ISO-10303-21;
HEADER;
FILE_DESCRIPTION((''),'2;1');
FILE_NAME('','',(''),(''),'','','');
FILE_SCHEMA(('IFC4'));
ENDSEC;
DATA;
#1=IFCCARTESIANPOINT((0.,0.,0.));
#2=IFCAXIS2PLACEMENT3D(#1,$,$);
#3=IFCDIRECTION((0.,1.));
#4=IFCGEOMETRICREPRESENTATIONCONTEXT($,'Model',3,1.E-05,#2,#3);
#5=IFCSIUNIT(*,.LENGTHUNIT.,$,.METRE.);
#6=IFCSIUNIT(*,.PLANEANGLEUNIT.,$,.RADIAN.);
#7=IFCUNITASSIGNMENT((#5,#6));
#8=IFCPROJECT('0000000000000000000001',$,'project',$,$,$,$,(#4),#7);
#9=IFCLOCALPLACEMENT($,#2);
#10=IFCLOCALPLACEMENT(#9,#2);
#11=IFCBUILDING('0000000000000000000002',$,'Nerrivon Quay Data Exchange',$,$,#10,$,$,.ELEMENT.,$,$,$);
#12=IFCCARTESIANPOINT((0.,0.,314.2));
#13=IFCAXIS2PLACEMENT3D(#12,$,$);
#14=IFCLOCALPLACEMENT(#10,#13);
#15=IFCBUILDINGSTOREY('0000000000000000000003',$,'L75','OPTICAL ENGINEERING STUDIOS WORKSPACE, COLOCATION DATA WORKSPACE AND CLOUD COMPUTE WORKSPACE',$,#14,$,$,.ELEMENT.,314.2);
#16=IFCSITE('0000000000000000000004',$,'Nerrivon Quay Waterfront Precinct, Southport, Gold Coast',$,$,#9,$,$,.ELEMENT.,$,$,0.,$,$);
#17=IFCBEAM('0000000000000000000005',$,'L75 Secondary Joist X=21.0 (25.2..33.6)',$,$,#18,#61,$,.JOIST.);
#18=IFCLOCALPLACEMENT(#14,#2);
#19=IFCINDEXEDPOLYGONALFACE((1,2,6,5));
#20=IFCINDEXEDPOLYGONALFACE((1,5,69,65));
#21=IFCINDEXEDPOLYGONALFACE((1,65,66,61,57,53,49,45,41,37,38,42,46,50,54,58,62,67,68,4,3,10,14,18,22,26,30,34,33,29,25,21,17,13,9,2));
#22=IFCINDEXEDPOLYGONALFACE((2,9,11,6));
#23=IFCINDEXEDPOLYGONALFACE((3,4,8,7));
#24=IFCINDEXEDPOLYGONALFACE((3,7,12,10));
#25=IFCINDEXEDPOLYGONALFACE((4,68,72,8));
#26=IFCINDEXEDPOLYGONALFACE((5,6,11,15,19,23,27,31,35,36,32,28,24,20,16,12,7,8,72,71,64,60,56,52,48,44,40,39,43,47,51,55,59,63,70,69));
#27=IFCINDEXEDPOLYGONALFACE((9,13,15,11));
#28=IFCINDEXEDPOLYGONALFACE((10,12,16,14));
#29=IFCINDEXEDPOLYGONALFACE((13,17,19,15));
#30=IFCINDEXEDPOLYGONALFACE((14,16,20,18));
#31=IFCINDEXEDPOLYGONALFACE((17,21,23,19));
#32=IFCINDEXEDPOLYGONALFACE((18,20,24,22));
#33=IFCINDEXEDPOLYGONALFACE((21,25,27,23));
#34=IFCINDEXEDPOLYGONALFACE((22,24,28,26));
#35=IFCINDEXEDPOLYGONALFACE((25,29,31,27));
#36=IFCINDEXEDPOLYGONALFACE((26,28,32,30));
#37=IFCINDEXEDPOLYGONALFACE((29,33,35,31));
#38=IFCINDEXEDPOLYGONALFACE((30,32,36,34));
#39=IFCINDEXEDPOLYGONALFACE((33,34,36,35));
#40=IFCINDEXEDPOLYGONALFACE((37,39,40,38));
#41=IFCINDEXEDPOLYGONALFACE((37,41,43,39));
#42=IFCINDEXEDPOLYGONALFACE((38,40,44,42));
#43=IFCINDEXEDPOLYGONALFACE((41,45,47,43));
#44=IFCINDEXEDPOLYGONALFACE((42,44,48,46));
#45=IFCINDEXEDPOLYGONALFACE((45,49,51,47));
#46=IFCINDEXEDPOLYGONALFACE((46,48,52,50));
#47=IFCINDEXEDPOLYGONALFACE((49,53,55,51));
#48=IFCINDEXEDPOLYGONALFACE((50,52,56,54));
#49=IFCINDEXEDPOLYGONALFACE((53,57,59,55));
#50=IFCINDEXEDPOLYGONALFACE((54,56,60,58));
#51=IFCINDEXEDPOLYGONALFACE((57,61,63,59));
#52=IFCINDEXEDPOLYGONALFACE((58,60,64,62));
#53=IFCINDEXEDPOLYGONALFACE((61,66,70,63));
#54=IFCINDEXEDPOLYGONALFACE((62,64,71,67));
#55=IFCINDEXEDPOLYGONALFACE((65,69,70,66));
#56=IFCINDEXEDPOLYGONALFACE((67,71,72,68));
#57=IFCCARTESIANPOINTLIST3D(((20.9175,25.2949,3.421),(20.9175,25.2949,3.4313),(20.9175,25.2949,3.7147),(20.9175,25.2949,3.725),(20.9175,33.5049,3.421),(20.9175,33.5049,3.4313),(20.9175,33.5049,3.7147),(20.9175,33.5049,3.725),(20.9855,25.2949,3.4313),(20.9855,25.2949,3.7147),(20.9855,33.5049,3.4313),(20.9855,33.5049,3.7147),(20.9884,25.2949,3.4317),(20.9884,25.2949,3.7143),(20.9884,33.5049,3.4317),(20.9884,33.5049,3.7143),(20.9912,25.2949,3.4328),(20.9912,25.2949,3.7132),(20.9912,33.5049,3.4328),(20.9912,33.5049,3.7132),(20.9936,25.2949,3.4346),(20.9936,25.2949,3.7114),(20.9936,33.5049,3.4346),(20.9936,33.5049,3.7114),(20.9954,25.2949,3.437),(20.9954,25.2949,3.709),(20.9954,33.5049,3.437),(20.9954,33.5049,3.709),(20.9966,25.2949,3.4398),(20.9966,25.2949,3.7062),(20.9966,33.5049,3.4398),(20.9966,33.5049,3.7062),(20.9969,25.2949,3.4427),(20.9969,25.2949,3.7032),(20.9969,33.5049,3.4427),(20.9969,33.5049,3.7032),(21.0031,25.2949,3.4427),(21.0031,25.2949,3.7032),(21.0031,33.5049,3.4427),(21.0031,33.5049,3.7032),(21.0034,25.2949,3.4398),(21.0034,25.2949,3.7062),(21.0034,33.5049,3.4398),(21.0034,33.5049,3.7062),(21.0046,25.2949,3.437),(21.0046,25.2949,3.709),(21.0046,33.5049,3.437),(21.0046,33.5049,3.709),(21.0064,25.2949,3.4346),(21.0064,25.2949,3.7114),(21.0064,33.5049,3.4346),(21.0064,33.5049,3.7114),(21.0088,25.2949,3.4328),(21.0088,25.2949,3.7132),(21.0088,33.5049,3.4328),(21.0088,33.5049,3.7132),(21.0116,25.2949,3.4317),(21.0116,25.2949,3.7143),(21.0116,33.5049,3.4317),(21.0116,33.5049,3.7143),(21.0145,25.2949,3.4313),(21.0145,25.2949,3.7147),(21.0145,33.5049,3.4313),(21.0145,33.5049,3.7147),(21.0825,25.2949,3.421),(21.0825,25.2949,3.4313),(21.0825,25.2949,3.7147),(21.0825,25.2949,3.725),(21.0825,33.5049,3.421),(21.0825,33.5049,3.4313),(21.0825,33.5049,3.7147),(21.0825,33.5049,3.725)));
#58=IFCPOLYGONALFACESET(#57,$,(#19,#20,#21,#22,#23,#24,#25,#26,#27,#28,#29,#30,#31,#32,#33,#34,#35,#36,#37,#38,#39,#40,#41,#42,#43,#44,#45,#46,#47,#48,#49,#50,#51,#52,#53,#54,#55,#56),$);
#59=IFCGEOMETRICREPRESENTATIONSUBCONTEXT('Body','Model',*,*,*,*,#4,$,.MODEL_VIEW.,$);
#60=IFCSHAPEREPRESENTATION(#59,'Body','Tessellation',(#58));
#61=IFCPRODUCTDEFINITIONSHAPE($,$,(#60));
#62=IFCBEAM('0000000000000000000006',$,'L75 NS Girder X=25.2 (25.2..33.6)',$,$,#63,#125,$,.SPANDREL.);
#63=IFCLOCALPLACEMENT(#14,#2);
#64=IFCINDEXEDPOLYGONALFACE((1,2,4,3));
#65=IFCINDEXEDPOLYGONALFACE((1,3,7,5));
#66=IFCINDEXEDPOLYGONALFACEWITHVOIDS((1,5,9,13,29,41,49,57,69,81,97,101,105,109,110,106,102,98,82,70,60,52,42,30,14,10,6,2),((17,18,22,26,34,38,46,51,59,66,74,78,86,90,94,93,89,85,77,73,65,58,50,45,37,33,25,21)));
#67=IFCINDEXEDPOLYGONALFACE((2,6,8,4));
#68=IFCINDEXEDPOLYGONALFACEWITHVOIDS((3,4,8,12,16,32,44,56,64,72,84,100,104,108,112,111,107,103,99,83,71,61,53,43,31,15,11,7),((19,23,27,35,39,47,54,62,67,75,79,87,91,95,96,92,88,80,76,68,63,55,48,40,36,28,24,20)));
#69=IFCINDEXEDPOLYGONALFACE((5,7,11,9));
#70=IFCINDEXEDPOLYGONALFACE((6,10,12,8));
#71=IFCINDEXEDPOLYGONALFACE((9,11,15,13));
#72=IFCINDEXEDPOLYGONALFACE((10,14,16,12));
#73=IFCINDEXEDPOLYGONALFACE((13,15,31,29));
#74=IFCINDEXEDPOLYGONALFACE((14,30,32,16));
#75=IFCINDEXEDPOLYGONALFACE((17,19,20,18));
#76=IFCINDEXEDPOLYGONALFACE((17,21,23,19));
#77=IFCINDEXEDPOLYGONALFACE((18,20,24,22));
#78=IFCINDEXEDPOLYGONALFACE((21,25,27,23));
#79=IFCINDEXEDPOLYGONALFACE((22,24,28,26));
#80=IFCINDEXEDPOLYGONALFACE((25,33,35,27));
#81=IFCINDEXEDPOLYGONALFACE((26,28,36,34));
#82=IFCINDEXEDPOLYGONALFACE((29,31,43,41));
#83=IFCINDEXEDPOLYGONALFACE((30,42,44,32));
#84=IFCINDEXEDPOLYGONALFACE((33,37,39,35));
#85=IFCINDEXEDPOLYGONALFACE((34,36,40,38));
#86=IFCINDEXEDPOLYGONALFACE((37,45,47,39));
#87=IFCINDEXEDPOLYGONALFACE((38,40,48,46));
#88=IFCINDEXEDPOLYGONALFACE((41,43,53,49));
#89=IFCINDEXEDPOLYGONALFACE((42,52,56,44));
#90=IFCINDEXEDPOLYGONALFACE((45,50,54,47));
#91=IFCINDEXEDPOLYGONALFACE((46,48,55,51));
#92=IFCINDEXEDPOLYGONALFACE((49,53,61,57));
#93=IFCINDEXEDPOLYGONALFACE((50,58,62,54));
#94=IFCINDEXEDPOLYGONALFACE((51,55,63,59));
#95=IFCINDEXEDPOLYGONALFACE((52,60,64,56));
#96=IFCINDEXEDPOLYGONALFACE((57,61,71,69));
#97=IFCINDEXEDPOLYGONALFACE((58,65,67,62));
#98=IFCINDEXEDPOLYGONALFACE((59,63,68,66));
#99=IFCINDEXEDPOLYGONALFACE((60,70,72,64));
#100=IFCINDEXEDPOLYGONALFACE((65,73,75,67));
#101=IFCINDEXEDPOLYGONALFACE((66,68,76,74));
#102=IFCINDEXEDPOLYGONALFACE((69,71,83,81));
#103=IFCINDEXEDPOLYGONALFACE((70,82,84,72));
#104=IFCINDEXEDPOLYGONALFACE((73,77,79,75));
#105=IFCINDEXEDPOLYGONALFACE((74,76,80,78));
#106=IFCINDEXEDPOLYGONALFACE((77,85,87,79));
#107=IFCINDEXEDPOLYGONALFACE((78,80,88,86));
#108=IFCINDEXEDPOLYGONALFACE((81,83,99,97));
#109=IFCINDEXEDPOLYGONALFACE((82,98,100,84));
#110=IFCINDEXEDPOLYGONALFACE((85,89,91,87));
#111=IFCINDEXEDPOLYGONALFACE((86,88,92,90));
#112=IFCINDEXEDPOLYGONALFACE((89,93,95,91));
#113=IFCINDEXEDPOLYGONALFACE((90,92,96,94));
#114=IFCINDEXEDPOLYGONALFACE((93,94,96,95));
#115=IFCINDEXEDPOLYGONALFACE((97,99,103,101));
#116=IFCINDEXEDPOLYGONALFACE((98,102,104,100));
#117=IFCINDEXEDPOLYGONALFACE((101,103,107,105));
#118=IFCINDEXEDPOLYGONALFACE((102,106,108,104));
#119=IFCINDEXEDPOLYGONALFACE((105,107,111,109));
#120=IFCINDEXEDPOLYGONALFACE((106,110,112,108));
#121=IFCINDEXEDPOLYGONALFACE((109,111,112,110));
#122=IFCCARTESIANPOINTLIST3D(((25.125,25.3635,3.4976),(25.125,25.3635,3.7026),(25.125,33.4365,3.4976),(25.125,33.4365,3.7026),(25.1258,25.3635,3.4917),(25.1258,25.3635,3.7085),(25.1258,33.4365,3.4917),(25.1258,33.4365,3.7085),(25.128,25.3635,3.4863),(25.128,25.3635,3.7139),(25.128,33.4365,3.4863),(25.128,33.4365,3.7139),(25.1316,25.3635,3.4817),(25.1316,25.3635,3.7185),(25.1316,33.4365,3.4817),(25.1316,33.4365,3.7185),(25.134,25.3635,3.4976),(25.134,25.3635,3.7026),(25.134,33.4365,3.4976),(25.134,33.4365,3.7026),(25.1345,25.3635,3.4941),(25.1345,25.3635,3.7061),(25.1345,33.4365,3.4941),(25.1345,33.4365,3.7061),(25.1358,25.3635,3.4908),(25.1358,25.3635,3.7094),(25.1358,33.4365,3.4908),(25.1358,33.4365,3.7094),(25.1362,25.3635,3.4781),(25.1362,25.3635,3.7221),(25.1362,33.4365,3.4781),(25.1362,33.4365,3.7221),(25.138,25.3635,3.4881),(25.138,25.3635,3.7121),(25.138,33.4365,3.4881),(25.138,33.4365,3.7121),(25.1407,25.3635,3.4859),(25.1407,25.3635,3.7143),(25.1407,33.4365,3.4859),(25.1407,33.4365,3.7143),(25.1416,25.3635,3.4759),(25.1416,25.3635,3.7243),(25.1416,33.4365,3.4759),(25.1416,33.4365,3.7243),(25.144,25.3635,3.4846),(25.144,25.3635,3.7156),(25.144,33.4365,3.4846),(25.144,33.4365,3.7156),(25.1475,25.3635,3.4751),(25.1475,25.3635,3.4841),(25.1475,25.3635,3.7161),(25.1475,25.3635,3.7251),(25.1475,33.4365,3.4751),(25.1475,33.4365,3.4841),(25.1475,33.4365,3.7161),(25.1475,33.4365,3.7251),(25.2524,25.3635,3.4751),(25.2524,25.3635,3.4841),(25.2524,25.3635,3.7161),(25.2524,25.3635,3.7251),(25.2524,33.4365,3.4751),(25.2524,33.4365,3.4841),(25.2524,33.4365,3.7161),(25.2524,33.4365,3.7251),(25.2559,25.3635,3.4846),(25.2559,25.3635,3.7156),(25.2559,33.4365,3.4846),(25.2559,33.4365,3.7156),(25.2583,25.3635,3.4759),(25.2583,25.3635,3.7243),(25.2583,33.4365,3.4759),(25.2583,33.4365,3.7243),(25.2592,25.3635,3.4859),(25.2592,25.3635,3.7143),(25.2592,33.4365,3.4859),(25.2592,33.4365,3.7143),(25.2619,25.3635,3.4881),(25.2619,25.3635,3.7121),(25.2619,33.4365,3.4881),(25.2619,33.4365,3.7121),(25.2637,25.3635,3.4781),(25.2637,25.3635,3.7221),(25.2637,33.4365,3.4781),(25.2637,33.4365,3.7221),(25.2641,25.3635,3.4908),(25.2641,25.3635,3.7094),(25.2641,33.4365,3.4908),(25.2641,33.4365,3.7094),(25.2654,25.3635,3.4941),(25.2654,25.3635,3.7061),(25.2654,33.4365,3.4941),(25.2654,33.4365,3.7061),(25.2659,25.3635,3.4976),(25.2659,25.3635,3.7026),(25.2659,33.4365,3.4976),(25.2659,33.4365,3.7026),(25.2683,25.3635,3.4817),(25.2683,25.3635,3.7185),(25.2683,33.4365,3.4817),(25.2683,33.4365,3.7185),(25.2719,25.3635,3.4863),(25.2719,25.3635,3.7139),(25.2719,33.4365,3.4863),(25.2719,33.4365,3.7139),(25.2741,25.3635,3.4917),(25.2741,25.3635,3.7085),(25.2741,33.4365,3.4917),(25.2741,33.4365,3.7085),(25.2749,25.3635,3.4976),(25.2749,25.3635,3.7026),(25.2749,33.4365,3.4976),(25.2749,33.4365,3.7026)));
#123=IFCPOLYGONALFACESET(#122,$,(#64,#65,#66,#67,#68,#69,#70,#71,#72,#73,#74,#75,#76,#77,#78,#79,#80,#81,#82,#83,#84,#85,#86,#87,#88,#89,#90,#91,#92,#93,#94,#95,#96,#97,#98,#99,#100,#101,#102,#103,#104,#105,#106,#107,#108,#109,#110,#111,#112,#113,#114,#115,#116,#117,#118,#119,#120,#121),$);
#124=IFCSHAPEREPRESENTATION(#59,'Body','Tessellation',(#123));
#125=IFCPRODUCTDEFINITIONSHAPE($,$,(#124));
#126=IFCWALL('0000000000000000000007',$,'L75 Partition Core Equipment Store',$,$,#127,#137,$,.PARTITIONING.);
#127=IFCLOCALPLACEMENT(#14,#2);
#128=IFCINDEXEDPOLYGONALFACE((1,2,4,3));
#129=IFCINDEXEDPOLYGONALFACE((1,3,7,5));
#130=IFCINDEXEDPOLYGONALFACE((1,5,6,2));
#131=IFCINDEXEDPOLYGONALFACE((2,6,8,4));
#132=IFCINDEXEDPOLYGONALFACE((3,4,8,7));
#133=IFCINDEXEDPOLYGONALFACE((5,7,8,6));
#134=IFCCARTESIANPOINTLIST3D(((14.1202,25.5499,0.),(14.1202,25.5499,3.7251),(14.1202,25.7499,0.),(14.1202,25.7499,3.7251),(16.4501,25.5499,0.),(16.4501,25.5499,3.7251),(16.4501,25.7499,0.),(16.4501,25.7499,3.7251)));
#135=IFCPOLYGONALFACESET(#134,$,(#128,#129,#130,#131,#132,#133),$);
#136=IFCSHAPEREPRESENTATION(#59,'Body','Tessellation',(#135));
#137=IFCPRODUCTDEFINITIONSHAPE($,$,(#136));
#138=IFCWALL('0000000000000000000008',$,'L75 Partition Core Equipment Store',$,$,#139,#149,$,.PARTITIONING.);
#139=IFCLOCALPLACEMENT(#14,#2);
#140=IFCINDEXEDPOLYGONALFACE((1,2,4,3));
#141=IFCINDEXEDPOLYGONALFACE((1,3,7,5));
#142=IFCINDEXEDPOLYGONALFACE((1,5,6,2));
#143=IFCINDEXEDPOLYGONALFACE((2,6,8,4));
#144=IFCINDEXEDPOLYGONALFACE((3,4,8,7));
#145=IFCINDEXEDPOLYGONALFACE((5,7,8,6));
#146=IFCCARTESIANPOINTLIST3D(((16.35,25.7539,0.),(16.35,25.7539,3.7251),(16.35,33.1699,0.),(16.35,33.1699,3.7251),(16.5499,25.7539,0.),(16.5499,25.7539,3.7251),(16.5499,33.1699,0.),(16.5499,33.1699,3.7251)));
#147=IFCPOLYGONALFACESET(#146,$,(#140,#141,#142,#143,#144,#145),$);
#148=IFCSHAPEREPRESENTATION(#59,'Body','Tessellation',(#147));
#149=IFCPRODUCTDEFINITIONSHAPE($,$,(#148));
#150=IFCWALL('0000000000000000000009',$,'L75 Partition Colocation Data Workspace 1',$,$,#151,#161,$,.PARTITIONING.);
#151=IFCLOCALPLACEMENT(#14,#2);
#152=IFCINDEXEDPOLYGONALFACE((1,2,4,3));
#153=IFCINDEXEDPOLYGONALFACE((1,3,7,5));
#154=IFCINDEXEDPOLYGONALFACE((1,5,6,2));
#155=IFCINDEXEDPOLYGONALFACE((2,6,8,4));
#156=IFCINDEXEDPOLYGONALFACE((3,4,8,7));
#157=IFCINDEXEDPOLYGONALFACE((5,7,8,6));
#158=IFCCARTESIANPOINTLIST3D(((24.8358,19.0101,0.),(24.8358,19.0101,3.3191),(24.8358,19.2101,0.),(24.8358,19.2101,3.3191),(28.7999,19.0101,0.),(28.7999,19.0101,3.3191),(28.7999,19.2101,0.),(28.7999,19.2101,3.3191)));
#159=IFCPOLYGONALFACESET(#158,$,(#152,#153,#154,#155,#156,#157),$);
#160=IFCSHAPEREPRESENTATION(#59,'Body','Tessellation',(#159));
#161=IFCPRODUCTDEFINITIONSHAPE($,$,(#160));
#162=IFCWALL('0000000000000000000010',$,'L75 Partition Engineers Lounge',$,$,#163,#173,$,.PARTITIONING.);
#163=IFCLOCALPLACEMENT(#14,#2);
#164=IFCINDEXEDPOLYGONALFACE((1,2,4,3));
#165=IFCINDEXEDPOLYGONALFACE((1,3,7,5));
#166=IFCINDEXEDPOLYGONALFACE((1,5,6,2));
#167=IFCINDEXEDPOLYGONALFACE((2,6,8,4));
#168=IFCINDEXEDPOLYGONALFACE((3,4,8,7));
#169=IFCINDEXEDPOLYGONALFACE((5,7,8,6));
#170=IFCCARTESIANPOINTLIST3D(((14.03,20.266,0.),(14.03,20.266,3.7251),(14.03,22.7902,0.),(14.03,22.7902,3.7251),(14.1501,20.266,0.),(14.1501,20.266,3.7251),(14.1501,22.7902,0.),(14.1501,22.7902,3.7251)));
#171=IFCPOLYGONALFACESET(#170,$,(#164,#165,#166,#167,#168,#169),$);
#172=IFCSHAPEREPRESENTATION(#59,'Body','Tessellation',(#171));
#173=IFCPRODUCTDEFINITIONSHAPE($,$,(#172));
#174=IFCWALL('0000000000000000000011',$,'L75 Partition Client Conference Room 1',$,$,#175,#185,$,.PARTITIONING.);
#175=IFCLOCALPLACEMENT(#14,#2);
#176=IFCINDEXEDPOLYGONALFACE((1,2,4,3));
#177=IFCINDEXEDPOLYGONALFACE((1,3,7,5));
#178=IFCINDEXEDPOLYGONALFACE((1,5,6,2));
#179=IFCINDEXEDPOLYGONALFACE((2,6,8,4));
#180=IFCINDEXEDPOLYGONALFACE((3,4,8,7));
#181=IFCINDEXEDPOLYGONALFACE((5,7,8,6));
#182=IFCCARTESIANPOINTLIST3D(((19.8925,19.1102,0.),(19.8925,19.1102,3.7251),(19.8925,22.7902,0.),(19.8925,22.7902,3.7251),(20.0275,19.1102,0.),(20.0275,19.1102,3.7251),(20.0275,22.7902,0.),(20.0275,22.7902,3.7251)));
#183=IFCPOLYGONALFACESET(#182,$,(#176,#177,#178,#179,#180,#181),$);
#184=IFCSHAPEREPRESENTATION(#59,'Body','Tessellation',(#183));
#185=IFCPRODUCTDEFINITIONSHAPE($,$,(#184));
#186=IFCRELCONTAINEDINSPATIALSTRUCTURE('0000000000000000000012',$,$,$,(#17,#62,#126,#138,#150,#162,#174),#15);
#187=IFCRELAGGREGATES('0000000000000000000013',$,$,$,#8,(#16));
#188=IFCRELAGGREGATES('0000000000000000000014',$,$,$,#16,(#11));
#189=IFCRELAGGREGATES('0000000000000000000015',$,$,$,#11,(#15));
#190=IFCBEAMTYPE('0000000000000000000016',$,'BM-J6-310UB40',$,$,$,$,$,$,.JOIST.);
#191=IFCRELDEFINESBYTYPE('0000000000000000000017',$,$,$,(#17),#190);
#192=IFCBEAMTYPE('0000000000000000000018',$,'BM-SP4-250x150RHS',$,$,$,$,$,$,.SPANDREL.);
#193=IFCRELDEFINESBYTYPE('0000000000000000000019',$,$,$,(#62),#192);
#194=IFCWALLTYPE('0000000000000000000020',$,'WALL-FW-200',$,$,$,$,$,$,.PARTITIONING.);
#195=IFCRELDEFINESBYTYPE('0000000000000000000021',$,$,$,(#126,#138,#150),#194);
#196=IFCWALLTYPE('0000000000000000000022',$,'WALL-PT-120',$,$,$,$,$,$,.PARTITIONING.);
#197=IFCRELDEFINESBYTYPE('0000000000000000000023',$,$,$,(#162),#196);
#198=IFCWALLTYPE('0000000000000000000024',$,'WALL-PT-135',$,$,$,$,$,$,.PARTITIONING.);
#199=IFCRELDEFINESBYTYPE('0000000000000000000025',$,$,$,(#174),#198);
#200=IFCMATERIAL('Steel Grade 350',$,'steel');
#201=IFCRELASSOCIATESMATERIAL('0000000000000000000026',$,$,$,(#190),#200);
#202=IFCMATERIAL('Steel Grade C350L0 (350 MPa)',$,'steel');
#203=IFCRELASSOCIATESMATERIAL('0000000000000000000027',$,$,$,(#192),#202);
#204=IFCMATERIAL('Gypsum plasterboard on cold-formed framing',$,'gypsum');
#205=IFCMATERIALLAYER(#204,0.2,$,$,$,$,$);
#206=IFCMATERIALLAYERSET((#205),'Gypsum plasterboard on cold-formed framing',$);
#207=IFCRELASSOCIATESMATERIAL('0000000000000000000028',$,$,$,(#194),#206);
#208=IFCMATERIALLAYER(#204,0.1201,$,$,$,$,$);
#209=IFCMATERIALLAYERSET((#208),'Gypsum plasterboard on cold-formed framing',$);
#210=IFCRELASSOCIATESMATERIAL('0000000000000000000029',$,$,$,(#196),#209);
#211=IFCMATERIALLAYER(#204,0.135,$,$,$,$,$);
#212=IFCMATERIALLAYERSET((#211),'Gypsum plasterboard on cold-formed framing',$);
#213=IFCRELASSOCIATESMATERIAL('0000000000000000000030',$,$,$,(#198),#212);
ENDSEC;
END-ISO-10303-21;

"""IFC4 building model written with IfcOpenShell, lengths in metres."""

from ifc_helpers import new_model, si_unit, direction, frame, frame_2d, origin, origin_2d, place, context, subcontext, project, spatial, rectangle, hollow_rectangle, i_section, extrude, material, layer, layer_set, material_profile, profile_set, type_object, element, save


model = new_model("IFC4")

# Units and contexts
model_context = context("Model", 3, precision=1e-05, world=origin(), true_north=direction((0.0, 1.0)))
body_context = subcontext(model_context, "Body", "Model", "MODEL_VIEW")
ifc_project = project(units=[si_unit("LENGTHUNIT", "METRE"), si_unit("PLANEANGLEUNIT", "RADIAN")], contexts=[model_context])

# Site, building, storey
site_placement = place(None, origin())
site = spatial("IfcSite", under=ifc_project, at=site_placement, Name="Nerrivon Quay Waterfront Precinct, Southport, Gold Coast", CompositionType="ELEMENT", RefElevation=0.0)
building_placement = place(site_placement, origin())
building = spatial("IfcBuilding", under=site, at=building_placement, Name="Nerrivon Quay Data Exchange", CompositionType="ELEMENT")
storey_placement = place(building_placement, frame((0.0, 0.0, 314.2)))
storey = spatial("IfcBuildingStorey", under=building, at=storey_placement, Name="L75", Description="OPTICAL ENGINEERING STUDIOS WORKSPACE, COLOCATION DATA WORKSPACE AND CLOUD COMPUTE WORKSPACE", CompositionType="ELEMENT", Elevation=314.2)

# Shared definitions
ifc_material_1 = material(Name="Steel Grade 350", Category="steel")

# Beams
ifc_material_profile_1 = material_profile(ifc_material_1, i_section(OverallWidth=0.165, OverallDepth=0.304, WebThickness=0.0061, FlangeThickness=0.0103, FilletRadius=0.0115, at=origin_2d()), Name="310UB40.4")
ifc_profile_set_1 = profile_set([ifc_material_profile_1], Name="Steel Grade 350")
beam_type_1 = type_object("IfcBeamType", Name="BM-J6-310UB40", PredefinedType="JOIST", material=ifc_profile_set_1)
for number, where, z_axis, x_axis, name in (
    (1, (21.0, 25.2949, 3.573), (0.0, 1.0, 0.0), (-1.0, 0.0, 0.0), "L75 Secondary Joist X=21.0 (25.2..33.6)"),
):
    element("IfcBeam", number, at=place(storey_placement, frame(where, z_axis=z_axis, x_axis=x_axis)), inside=storey, type_object=beam_type_1, Name=name, PredefinedType="JOIST", context=body_context, shape_type="SweptSolid", body=[
        extrude(i_section(OverallWidth=0.165, OverallDepth=0.304, WebThickness=0.0061, FlangeThickness=0.0103, FilletRadius=0.0115, at=origin_2d()), origin(), (0.0, 0.0, 1.0), 8.21),
    ])
ifc_material_2 = material(Name="Steel Grade C350L0 (350 MPa)", Category="steel")
ifc_material_profile_2 = material_profile(ifc_material_2, hollow_rectangle(XDim=0.1499, YDim=0.25, WallThickness=0.009, InnerFilletRadius=0.0134, OuterFilletRadius=0.0225, at=origin_2d()), Name="250x150x9.0RHS")
ifc_profile_set_2 = profile_set([ifc_material_profile_2], Name="Steel Grade C350L0 (350 MPa)")
beam_type_2 = type_object("IfcBeamType", Name="BM-SP4-250x150RHS", PredefinedType="SPANDREL", material=ifc_profile_set_2)
beam_1_placement = place(storey_placement, frame((25.2, 25.3635, 3.6001), z_axis=(0.0, 1.0, 0.0), x_axis=(-1.0, 0.0, 0.0)))
element("IfcBeam", 2, at=beam_1_placement, inside=storey, type_object=beam_type_2, Name="L75 NS Girder X=25.2 (25.2..33.6)", PredefinedType="SPANDREL", context=body_context, shape_type="SweptSolid", body=[
    extrude(hollow_rectangle(XDim=0.1499, YDim=0.25, WallThickness=0.009, InnerFilletRadius=0.0134, OuterFilletRadius=0.0225, at=origin_2d()), origin(), (0.0, 0.0, 1.0), 8.073),
])

# Walls
ifc_material_3 = material(Name="Gypsum plasterboard on cold-formed framing", Category="gypsum")
ifc_layer_1 = layer(ifc_material_3, 0.2)
ifc_layer_set_1 = layer_set([ifc_layer_1], Name="Gypsum plasterboard on cold-formed framing")
wall_type_1 = type_object("IfcWallType", Name="WALL-FW-200", PredefinedType="PARTITIONING", material=ifc_layer_set_1)
wall_1_placement = place(storey_placement, frame((14.1201, 25.6499, 0.0), z_axis=(0.0, 0.0, 1.0), x_axis=(1.0, 0.0, 0.0)))
element("IfcWall", 3, at=wall_1_placement, inside=storey, type_object=wall_type_1, Name="L75 Partition Core Equipment Store", PredefinedType="PARTITIONING", context=body_context, shape_type="SweptSolid", body=[
    extrude(rectangle(XDim=2.3298, YDim=0.2, at=frame_2d((1.165, 0.0))), origin(), (0.0, 0.0, 1.0), 3.7251),
])
wall_2_placement = place(storey_placement, frame((16.45, 25.7539, 0.0), z_axis=(0.0, 0.0, 1.0), x_axis=(0.0, 1.0, 0.0)))
element("IfcWall", 4, at=wall_2_placement, inside=storey, type_object=wall_type_1, Name="L75 Partition Core Equipment Store", PredefinedType="PARTITIONING", context=body_context, shape_type="SweptSolid", body=[
    extrude(rectangle(XDim=7.416, YDim=0.2, at=frame_2d((3.708, 0.0))), origin(), (0.0, 0.0, 1.0), 3.7251),
])
wall_3_placement = place(storey_placement, frame((24.8359, 19.1101, 0.0), z_axis=(0.0, 0.0, 1.0), x_axis=(1.0, 0.0, 0.0)))
element("IfcWall", 5, at=wall_3_placement, inside=storey, type_object=wall_type_1, Name="L75 Partition Colocation Data Workspace 1", PredefinedType="PARTITIONING", context=body_context, shape_type="SweptSolid", body=[
    extrude(rectangle(XDim=3.9641, YDim=0.2, at=frame_2d((1.9819, 0.0))), origin(), (0.0, 0.0, 1.0), 3.3191),
])
ifc_layer_2 = layer(ifc_material_3, 0.1201)
ifc_layer_set_2 = layer_set([ifc_layer_2], Name="Gypsum plasterboard on cold-formed framing")
wall_type_2 = type_object("IfcWallType", Name="WALL-PT-120", PredefinedType="PARTITIONING", material=ifc_layer_set_2)
wall_4_placement = place(storey_placement, frame((14.0901, 20.2659, 0.0), z_axis=(0.0, 0.0, 1.0), x_axis=(0.0, 1.0, 0.0)))
element("IfcWall", 6, at=wall_4_placement, inside=storey, type_object=wall_type_2, Name="L75 Partition Engineers Lounge", PredefinedType="PARTITIONING", context=body_context, shape_type="SweptSolid", body=[
    extrude(rectangle(XDim=2.5242, YDim=0.1201, at=frame_2d((1.2622, 0.0))), origin(), (0.0, 0.0, 1.0), 3.7251),
])
ifc_layer_3 = layer(ifc_material_3, 0.135)
ifc_layer_set_3 = layer_set([ifc_layer_3], Name="Gypsum plasterboard on cold-formed framing")
wall_type_3 = type_object("IfcWallType", Name="WALL-PT-135", PredefinedType="PARTITIONING", material=ifc_layer_set_3)
wall_5_placement = place(storey_placement, frame((19.96, 22.79, 0.0), z_axis=(0.0, 0.0, 1.0), x_axis=(0.0, -1.0, 0.0)))
element("IfcWall", 7, at=wall_5_placement, inside=storey, type_object=wall_type_3, Name="L75 Partition Client Conference Room 1", PredefinedType="PARTITIONING", context=body_context, shape_type="SweptSolid", body=[
    extrude(rectangle(XDim=3.6799, YDim=0.135, at=frame_2d((1.8398, 0.0))), origin(), (0.0, 0.0, 1.0), 3.7251),
])

save(model, "model.ifc")
